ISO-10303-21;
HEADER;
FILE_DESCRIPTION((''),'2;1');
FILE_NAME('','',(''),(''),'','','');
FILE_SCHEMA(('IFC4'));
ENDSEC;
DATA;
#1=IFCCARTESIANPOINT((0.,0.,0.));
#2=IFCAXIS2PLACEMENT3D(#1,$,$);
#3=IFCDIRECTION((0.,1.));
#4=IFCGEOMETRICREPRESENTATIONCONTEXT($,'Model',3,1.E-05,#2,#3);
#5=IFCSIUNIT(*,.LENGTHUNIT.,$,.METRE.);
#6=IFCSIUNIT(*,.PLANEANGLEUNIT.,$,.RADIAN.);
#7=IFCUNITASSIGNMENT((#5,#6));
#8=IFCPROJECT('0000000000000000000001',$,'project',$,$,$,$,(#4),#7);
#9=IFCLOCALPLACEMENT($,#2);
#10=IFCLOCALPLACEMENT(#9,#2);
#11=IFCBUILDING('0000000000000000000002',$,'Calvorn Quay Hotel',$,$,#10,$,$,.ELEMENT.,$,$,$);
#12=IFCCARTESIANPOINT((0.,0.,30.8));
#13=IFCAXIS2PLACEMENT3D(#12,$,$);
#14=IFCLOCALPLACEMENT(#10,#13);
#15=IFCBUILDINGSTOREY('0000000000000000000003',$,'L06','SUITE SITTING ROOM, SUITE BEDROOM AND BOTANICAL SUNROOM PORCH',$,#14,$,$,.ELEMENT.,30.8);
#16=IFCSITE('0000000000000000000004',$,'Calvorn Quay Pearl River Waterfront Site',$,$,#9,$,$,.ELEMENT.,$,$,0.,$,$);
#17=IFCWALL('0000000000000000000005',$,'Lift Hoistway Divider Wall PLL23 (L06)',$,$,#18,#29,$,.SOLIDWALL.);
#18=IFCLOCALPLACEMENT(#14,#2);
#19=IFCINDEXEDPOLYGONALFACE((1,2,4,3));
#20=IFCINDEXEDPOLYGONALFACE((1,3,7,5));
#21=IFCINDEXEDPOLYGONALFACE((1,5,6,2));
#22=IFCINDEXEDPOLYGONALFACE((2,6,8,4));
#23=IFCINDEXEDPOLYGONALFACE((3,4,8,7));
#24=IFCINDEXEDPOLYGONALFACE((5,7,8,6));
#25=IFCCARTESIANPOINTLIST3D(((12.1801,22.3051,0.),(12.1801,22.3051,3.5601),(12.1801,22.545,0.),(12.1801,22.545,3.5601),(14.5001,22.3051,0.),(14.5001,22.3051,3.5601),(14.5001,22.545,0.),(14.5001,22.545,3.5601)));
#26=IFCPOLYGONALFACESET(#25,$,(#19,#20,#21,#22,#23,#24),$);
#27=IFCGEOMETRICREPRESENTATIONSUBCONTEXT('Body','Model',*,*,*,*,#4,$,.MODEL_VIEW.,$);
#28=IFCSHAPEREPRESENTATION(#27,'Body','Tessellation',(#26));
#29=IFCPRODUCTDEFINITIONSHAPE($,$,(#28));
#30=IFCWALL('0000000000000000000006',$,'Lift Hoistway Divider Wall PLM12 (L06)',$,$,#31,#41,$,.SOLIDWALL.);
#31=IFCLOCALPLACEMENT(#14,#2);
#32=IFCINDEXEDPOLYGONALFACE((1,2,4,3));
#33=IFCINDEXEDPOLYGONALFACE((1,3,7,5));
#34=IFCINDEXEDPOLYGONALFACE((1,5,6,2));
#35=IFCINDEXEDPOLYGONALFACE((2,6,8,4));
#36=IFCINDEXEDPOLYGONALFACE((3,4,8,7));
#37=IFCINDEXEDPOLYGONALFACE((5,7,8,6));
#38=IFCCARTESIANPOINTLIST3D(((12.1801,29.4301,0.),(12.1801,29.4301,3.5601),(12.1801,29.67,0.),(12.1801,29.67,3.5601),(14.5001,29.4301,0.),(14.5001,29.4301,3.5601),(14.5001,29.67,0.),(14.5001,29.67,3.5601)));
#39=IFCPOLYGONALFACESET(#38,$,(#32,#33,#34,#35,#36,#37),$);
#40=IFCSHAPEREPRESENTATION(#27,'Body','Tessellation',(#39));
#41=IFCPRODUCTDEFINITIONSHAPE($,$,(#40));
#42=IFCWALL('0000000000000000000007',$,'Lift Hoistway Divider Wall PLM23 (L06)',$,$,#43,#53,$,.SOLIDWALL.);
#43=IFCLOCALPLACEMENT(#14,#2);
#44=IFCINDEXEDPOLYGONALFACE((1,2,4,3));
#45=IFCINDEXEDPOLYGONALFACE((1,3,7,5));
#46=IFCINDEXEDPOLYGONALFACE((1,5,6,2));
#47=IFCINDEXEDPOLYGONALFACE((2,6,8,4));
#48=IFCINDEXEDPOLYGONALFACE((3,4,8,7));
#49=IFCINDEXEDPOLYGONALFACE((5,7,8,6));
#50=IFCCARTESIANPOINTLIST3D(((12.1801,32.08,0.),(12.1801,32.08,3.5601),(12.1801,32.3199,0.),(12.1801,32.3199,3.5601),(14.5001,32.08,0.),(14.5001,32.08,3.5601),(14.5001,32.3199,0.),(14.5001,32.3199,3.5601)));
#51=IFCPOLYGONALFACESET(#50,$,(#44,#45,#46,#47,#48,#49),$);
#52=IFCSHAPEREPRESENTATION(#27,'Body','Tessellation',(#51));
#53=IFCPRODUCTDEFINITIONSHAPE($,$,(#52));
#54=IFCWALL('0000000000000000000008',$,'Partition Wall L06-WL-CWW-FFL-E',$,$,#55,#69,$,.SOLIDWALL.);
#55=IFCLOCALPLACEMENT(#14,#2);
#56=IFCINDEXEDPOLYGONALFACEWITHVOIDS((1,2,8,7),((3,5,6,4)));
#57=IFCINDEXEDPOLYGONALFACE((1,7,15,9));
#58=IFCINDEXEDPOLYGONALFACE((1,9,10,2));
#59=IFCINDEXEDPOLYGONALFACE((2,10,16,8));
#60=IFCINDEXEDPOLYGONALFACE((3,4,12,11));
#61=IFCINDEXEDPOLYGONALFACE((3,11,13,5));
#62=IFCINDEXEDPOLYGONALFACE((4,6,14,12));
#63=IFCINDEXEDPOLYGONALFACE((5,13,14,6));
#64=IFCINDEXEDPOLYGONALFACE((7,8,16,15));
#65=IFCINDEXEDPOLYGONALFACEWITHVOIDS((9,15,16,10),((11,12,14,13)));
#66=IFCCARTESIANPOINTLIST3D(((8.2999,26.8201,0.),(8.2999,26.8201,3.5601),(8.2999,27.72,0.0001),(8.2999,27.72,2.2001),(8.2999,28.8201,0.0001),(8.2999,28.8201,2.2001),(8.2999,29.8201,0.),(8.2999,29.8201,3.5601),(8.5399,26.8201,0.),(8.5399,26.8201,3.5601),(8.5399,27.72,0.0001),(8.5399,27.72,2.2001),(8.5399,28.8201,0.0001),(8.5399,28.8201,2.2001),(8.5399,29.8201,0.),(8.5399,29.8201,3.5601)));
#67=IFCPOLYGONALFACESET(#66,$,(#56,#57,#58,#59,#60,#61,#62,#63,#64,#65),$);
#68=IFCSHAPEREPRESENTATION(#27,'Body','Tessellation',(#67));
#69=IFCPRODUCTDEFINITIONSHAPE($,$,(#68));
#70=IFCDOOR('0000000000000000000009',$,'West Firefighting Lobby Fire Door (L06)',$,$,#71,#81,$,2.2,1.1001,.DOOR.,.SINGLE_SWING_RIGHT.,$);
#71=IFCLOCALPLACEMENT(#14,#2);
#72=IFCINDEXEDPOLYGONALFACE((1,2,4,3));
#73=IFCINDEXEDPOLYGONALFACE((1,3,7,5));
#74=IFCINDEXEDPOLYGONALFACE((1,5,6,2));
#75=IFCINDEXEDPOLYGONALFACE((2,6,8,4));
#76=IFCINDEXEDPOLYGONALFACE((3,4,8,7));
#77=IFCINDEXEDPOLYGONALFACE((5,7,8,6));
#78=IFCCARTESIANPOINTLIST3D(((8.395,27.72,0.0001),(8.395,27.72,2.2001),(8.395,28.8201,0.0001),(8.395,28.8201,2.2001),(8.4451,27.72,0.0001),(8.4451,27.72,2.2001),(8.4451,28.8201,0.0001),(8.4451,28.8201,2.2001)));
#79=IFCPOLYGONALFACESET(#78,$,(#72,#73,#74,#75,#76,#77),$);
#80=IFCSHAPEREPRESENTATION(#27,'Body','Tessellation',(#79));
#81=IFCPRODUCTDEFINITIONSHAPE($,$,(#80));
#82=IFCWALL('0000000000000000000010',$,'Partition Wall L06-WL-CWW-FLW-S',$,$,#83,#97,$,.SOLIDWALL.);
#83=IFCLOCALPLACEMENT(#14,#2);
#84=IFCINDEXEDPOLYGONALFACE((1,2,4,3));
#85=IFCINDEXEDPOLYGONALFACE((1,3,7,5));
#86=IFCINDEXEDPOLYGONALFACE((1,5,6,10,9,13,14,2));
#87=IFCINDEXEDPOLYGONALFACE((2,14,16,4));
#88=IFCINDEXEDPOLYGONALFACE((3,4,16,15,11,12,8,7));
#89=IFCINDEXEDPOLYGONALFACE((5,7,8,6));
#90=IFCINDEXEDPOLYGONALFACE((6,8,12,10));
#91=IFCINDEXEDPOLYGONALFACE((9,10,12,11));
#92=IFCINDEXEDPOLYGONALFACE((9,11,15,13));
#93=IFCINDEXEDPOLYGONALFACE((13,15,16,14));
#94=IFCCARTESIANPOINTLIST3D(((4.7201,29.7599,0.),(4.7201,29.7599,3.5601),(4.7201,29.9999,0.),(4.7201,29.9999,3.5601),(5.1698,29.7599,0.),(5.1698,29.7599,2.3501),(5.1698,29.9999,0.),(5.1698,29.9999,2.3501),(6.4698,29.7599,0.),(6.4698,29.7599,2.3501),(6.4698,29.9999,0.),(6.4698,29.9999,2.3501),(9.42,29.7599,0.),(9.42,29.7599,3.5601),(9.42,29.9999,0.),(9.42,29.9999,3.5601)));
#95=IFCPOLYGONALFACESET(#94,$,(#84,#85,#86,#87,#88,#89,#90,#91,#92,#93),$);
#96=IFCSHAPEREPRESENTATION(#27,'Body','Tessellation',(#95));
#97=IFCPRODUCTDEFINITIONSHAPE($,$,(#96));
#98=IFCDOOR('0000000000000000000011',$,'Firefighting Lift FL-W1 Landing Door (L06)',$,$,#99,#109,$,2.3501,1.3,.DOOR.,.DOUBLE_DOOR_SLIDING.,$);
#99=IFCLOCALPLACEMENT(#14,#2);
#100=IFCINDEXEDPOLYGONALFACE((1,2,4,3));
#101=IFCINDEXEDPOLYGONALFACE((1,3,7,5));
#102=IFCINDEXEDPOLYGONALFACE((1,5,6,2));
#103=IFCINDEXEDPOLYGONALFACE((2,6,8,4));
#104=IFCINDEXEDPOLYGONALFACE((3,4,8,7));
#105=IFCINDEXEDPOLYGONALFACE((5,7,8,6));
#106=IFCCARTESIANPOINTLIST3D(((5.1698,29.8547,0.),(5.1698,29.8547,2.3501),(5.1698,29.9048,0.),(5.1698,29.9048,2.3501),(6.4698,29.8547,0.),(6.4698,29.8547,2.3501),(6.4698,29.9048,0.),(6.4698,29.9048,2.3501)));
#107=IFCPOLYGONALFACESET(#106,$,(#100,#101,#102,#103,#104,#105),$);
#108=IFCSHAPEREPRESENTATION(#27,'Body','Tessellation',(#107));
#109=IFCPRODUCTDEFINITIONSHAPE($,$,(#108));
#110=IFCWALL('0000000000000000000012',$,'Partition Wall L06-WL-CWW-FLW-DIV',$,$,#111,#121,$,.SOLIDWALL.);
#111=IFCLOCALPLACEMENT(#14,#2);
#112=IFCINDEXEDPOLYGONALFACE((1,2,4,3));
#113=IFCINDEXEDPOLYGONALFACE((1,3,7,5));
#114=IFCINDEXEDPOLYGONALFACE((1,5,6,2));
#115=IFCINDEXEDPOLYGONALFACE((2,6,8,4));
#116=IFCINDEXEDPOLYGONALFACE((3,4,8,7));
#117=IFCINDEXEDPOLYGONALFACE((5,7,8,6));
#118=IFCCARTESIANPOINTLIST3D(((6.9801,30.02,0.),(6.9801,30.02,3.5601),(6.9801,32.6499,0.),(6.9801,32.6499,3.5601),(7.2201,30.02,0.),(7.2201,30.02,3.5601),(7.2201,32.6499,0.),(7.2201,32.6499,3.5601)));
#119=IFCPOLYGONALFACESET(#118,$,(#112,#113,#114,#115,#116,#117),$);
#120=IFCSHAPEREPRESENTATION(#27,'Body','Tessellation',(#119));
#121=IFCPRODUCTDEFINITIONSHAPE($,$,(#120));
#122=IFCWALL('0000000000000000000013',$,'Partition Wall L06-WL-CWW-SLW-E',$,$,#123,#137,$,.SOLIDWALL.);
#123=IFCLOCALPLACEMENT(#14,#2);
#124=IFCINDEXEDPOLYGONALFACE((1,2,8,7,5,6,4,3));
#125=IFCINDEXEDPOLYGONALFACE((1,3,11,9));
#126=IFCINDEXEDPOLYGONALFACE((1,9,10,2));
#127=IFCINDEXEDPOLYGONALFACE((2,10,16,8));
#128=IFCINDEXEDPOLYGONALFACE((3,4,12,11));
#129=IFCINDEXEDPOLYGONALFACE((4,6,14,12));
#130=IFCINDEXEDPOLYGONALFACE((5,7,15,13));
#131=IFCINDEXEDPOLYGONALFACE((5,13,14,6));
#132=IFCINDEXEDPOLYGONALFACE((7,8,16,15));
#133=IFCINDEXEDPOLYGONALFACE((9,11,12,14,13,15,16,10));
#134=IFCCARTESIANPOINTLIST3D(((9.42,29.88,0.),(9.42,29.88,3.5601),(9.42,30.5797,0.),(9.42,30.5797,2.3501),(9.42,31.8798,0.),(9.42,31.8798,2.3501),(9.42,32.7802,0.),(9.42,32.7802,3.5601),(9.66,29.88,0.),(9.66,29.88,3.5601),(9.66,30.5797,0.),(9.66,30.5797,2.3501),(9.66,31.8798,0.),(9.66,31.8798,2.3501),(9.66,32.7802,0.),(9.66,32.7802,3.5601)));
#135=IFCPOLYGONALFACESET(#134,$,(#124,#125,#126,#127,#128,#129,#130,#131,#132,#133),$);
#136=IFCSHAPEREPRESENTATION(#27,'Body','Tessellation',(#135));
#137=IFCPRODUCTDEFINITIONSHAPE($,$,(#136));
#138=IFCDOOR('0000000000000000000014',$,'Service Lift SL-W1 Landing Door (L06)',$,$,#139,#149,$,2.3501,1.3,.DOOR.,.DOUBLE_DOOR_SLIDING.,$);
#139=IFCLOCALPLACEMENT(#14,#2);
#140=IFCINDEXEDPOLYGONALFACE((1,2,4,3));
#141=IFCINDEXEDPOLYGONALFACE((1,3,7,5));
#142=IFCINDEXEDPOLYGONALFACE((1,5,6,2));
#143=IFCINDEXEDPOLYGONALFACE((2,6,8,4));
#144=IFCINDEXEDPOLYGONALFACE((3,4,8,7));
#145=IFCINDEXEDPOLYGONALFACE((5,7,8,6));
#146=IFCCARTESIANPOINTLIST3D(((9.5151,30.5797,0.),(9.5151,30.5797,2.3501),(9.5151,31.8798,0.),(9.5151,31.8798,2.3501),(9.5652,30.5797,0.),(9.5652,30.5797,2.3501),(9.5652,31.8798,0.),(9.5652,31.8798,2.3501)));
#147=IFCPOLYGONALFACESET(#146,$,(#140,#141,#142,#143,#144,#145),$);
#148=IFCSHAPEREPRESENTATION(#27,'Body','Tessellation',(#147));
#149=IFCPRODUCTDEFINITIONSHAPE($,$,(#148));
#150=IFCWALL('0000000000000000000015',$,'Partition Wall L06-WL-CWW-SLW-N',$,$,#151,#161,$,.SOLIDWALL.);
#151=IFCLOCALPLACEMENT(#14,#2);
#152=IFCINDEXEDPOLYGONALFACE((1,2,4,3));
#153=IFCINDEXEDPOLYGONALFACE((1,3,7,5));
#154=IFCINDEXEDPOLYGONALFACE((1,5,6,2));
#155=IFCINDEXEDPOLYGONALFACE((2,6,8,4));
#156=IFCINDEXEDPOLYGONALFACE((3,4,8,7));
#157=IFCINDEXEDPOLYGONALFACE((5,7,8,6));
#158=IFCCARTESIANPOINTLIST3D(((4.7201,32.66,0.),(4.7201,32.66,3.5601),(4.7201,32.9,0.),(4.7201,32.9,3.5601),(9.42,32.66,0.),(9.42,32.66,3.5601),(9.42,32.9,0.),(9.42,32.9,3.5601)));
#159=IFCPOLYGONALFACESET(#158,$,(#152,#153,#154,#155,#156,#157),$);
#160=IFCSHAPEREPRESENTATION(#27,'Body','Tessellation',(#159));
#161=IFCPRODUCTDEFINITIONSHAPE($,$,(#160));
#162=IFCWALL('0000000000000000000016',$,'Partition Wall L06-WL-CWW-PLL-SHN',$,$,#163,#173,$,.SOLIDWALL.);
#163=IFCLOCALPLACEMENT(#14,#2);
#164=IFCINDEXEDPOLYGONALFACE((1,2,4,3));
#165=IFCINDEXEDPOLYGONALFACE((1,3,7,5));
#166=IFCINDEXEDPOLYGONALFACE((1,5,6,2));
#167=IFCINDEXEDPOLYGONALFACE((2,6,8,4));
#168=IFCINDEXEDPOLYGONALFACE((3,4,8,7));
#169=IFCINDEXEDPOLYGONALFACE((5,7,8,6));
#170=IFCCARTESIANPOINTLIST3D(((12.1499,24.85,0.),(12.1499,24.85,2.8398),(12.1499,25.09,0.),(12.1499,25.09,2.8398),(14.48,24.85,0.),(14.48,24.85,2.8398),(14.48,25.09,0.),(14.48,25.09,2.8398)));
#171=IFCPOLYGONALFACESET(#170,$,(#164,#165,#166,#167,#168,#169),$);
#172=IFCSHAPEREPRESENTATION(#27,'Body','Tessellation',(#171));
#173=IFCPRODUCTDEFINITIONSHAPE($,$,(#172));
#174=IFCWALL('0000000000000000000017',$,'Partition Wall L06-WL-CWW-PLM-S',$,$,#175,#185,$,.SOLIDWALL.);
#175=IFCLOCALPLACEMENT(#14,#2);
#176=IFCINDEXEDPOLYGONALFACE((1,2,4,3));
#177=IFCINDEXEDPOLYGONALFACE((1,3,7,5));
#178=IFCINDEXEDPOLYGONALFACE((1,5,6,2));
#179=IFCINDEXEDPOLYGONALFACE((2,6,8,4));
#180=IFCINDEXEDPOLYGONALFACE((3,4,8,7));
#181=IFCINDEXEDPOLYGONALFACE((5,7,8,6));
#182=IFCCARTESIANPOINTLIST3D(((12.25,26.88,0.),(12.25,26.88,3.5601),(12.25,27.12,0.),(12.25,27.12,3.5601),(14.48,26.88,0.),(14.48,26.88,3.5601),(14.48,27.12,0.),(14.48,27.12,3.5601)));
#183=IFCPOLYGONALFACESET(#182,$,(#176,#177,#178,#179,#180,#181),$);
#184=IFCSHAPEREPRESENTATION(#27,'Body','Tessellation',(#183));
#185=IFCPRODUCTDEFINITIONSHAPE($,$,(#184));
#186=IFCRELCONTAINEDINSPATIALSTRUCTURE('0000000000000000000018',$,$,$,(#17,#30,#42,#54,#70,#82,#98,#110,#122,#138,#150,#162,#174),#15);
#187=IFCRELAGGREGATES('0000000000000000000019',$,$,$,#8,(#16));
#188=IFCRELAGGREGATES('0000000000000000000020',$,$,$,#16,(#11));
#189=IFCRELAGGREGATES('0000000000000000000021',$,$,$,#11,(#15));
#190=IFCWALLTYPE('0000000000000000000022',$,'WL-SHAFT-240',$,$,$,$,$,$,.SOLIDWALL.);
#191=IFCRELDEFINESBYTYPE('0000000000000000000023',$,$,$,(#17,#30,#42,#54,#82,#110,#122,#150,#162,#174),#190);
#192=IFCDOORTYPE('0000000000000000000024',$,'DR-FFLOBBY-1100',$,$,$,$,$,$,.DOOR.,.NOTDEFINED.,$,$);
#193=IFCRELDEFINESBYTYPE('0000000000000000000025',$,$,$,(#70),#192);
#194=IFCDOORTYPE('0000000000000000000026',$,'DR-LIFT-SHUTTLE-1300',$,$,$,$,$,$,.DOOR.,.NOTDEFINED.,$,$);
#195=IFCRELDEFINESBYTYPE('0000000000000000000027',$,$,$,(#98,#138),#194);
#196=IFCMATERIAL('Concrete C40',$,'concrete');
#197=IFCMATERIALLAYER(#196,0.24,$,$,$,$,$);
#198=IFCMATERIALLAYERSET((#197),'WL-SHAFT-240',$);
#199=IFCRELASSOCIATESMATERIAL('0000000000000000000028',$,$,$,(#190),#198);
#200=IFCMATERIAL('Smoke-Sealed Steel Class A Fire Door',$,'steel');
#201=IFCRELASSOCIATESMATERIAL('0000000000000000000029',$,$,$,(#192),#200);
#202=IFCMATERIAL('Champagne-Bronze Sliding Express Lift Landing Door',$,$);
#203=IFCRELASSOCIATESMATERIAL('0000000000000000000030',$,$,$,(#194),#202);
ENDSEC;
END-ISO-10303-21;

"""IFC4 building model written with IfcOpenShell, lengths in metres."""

from ifc_helpers import new_model, si_unit, direction, frame, frame_2d, origin, place, context, subcontext, project, spatial, rectangle, extrude, material, layer, layer_set, type_object, element, fill, save


model = new_model("IFC4")

# Units and contexts
model_context = context("Model", 3, precision=1e-05, world=origin(), true_north=direction((0.0, 1.0)))
body_context = subcontext(model_context, "Body", "Model", "MODEL_VIEW")
ifc_project = project(units=[si_unit("LENGTHUNIT", "METRE"), si_unit("PLANEANGLEUNIT", "RADIAN")], contexts=[model_context])

# Site, building, storey
site_placement = place(None, origin())
site = spatial("IfcSite", under=ifc_project, at=site_placement, Name="Calvorn Quay Pearl River Waterfront Site", CompositionType="ELEMENT", RefElevation=0.0)
building_placement = place(site_placement, origin())
building = spatial("IfcBuilding", under=site, at=building_placement, Name="Calvorn Quay Hotel", CompositionType="ELEMENT")
storey_placement = place(building_placement, frame((0.0, 0.0, 30.8)))
storey = spatial("IfcBuildingStorey", under=building, at=storey_placement, Name="L06", Description="SUITE SITTING ROOM, SUITE BEDROOM AND BOTANICAL SUNROOM PORCH", CompositionType="ELEMENT", Elevation=30.8)

# Walls
ifc_material_1 = material(Name="Concrete C40", Category="concrete")
ifc_layer_1 = layer(ifc_material_1, 0.24)
ifc_layer_set_1 = layer_set([ifc_layer_1], Name="WL-SHAFT-240")
wall_type_1 = type_object("IfcWallType", Name="WL-SHAFT-240", PredefinedType="SOLIDWALL", material=ifc_layer_set_1)
for number, where, z_axis, x_axis, name in (
    (1, (12.1799, 22.425, 0.0), (0.0, 0.0, 1.0), (1.0, 0.0, 0.0), "Lift Hoistway Divider Wall PLL23 (L06)"),
    (2, (12.1799, 29.55, 0.0), (0.0, 0.0, 1.0), (1.0, 0.0, 0.0), "Lift Hoistway Divider Wall PLM12 (L06)"),
    (3, (12.1799, 32.2, 0.0), (0.0, 0.0, 1.0), (1.0, 0.0, 0.0), "Lift Hoistway Divider Wall PLM23 (L06)"),
):
    element("IfcWall", number, at=place(storey_placement, frame(where, z_axis=z_axis, x_axis=x_axis)), inside=storey, type_object=wall_type_1, Name=name, PredefinedType="SOLIDWALL", context=body_context, shape_type="SweptSolid", body=[
        extrude(rectangle(XDim=2.3201, YDim=0.24, at=frame_2d((1.1602, 0.0))), origin(), (0.0, 0.0, 1.0), 3.5601),
    ])

# Walls, openings, doors
wall_1_placement = place(storey_placement, frame((8.4199, 26.8201, 0.0), z_axis=(0.0, 0.0, 1.0), x_axis=(0.0, 1.0, 0.0)))
wall_1 = element("IfcWall", 4, at=wall_1_placement, inside=storey, type_object=wall_type_1, Name="Partition Wall L06-WL-CWW-FFL-E", PredefinedType="SOLIDWALL", context=body_context, shape_type="SweptSolid", body=[
    extrude(rectangle(XDim=3.0, YDim=0.24, at=frame_2d((1.5, 0.0))), origin(), (0.0, 0.0, 1.0), 3.5601),
])
opening_1_placement = place(wall_1_placement, frame((0.8999, 0.0, 0.0)))
opening_1 = element("IfcOpeningElement", 5, at=opening_1_placement, cuts=wall_1, PredefinedType="OPENING", context=body_context, shape_type="SweptSolid", body=[
    extrude(rectangle(XDim=1.1001, YDim=2.2, at=frame_2d((0.55, 1.1001))), frame((0.0, 0.1299, 0.0), z_axis=(0.0, -1.0, 0.0), x_axis=(1.0, 0.0, 0.0)), (0.0, 0.0, 1.0), 0.26),
])
ifc_material_2 = material(Name="Smoke-Sealed Steel Class A Fire Door", Category="steel")
door_type_1 = type_object("IfcDoorType", Name="DR-FFLOBBY-1100", OperationType="NOTDEFINED", PredefinedType="DOOR", material=ifc_material_2)
door_1_placement = place(opening_1_placement, origin())
door_1 = element("IfcDoor", 6, at=door_1_placement, inside=storey, type_object=door_type_1, Name="West Firefighting Lobby Fire Door (L06)", OperationType="SINGLE_SWING_RIGHT", OverallHeight=2.2, OverallWidth=1.1001, PredefinedType="DOOR", context=body_context, shape_type="SweptSolid", body=[
    extrude(rectangle(XDim=1.1001, YDim=2.2, at=frame_2d((0.55, 1.1001))), frame((0.0, 0.0249, 0.0), z_axis=(0.0, -1.0, 0.0), x_axis=(1.0, 0.0, 0.0)), (0.0, 0.0, 1.0), 0.05),
])
fill(opening_1, door_1)
wall_2_placement = place(storey_placement, frame((4.72, 29.8799, 0.0), z_axis=(0.0, 0.0, 1.0), x_axis=(1.0, 0.0, 0.0)))
wall_2 = element("IfcWall", 7, at=wall_2_placement, inside=storey, type_object=wall_type_1, Name="Partition Wall L06-WL-CWW-FLW-S", PredefinedType="SOLIDWALL", context=body_context, shape_type="SweptSolid", body=[
    extrude(rectangle(XDim=4.7, YDim=0.24, at=frame_2d((2.3501, 0.0))), origin(), (0.0, 0.0, 1.0), 3.5601),
])
opening_2_placement = place(wall_2_placement, frame((0.45, 0.0, 0.0)))
opening_2 = element("IfcOpeningElement", 8, at=opening_2_placement, cuts=wall_2, PredefinedType="OPENING", context=body_context, shape_type="SweptSolid", body=[
    extrude(rectangle(XDim=1.3, YDim=2.3501, at=frame_2d((0.6499, 1.175))), frame((0.0, 0.1299, 0.0), z_axis=(0.0, -1.0, 0.0), x_axis=(1.0, 0.0, 0.0)), (0.0, 0.0, 1.0), 0.26),
])
ifc_material_3 = material(Name="Champagne-Bronze Sliding Express Lift Landing Door")
door_type_2 = type_object("IfcDoorType", Name="DR-LIFT-SHUTTLE-1300", OperationType="NOTDEFINED", PredefinedType="DOOR", material=ifc_material_3)
door_2_placement = place(opening_2_placement, origin())
door_2 = element("IfcDoor", 9, at=door_2_placement, inside=storey, type_object=door_type_2, Name="Firefighting Lift FL-W1 Landing Door (L06)", OperationType="DOUBLE_DOOR_SLIDING", OverallHeight=2.3501, OverallWidth=1.3, PredefinedType="DOOR", context=body_context, shape_type="SweptSolid", body=[
    extrude(rectangle(XDim=1.3, YDim=2.3501, at=frame_2d((0.6499, 1.175))), frame((0.0, 0.0249, 0.0), z_axis=(0.0, -1.0, 0.0), x_axis=(1.0, 0.0, 0.0)), (0.0, 0.0, 1.0), 0.05),
])
fill(opening_2, door_2)

# Wall
wall_3_placement = place(storey_placement, frame((7.1001, 30.02, 0.0), z_axis=(0.0, 0.0, 1.0), x_axis=(0.0, 1.0, 0.0)))
element("IfcWall", 10, at=wall_3_placement, inside=storey, type_object=wall_type_1, Name="Partition Wall L06-WL-CWW-FLW-DIV", PredefinedType="SOLIDWALL", context=body_context, shape_type="SweptSolid", body=[
    extrude(rectangle(XDim=2.6299, YDim=0.24, at=frame_2d((1.3149, 0.0))), origin(), (0.0, 0.0, 1.0), 3.5601),
])

# Wall, opening, door
wall_4_placement = place(storey_placement, frame((9.54, 29.8799, 0.0), z_axis=(0.0, 0.0, 1.0), x_axis=(0.0, 1.0, 0.0)))
wall_4 = element("IfcWall", 11, at=wall_4_placement, inside=storey, type_object=wall_type_1, Name="Partition Wall L06-WL-CWW-SLW-E", PredefinedType="SOLIDWALL", context=body_context, shape_type="SweptSolid", body=[
    extrude(rectangle(XDim=2.9001, YDim=0.24, at=frame_2d((1.4502, 0.0))), origin(), (0.0, 0.0, 1.0), 3.5601),
])
opening_3_placement = place(wall_4_placement, frame((0.7, 0.0, 0.0)))
opening_3 = element("IfcOpeningElement", 12, at=opening_3_placement, cuts=wall_4, PredefinedType="OPENING", context=body_context, shape_type="SweptSolid", body=[
    extrude(rectangle(XDim=1.3, YDim=2.3501, at=frame_2d((0.6499, 1.175))), frame((0.0, 0.1299, 0.0), z_axis=(0.0, -1.0, 0.0), x_axis=(1.0, 0.0, 0.0)), (0.0, 0.0, 1.0), 0.26),
])
door_3_placement = place(opening_3_placement, origin())
door_3 = element("IfcDoor", 13, at=door_3_placement, inside=storey, type_object=door_type_2, Name="Service Lift SL-W1 Landing Door (L06)", OperationType="DOUBLE_DOOR_SLIDING", OverallHeight=2.3501, OverallWidth=1.3, PredefinedType="DOOR", context=body_context, shape_type="SweptSolid", body=[
    extrude(rectangle(XDim=1.3, YDim=2.3501, at=frame_2d((0.6499, 1.175))), frame((0.0, 0.0249, 0.0), z_axis=(0.0, -1.0, 0.0), x_axis=(1.0, 0.0, 0.0)), (0.0, 0.0, 1.0), 0.05),
])
fill(opening_3, door_3)

# Wall
wall_5_placement = place(storey_placement, frame((4.72, 32.78, 0.0), z_axis=(0.0, 0.0, 1.0), x_axis=(1.0, 0.0, 0.0)))
element("IfcWall", 14, at=wall_5_placement, inside=storey, type_object=wall_type_1, Name="Partition Wall L06-WL-CWW-SLW-N", PredefinedType="SOLIDWALL", context=body_context, shape_type="SweptSolid", body=[
    extrude(rectangle(XDim=4.7, YDim=0.24, at=frame_2d((2.3501, 0.0))), origin(), (0.0, 0.0, 1.0), 3.5601),
])

# Walls
wall_6_placement = place(storey_placement, frame((12.1499, 24.97, 0.0), z_axis=(0.0, 0.0, 1.0), x_axis=(1.0, 0.0, 0.0)))
element("IfcWall", 15, at=wall_6_placement, inside=storey, type_object=wall_type_1, Name="Partition Wall L06-WL-CWW-PLL-SHN", PredefinedType="SOLIDWALL", context=body_context, shape_type="SweptSolid", body=[
    extrude(rectangle(XDim=2.3301, YDim=0.24, at=frame_2d((1.165, 0.0))), origin(), (0.0, 0.0, 1.0), 2.8398),
])
wall_7_placement = place(storey_placement, frame((12.25, 27.0, 0.0), z_axis=(0.0, 0.0, 1.0), x_axis=(1.0, 0.0, 0.0)))
element("IfcWall", 16, at=wall_7_placement, inside=storey, type_object=wall_type_1, Name="Partition Wall L06-WL-CWW-PLM-S", PredefinedType="SOLIDWALL", context=body_context, shape_type="SweptSolid", body=[
    extrude(rectangle(XDim=2.23, YDim=0.24, at=frame_2d((1.115, 0.0))), origin(), (0.0, 0.0, 1.0), 3.5601),
])

save(model, "model.ifc")
